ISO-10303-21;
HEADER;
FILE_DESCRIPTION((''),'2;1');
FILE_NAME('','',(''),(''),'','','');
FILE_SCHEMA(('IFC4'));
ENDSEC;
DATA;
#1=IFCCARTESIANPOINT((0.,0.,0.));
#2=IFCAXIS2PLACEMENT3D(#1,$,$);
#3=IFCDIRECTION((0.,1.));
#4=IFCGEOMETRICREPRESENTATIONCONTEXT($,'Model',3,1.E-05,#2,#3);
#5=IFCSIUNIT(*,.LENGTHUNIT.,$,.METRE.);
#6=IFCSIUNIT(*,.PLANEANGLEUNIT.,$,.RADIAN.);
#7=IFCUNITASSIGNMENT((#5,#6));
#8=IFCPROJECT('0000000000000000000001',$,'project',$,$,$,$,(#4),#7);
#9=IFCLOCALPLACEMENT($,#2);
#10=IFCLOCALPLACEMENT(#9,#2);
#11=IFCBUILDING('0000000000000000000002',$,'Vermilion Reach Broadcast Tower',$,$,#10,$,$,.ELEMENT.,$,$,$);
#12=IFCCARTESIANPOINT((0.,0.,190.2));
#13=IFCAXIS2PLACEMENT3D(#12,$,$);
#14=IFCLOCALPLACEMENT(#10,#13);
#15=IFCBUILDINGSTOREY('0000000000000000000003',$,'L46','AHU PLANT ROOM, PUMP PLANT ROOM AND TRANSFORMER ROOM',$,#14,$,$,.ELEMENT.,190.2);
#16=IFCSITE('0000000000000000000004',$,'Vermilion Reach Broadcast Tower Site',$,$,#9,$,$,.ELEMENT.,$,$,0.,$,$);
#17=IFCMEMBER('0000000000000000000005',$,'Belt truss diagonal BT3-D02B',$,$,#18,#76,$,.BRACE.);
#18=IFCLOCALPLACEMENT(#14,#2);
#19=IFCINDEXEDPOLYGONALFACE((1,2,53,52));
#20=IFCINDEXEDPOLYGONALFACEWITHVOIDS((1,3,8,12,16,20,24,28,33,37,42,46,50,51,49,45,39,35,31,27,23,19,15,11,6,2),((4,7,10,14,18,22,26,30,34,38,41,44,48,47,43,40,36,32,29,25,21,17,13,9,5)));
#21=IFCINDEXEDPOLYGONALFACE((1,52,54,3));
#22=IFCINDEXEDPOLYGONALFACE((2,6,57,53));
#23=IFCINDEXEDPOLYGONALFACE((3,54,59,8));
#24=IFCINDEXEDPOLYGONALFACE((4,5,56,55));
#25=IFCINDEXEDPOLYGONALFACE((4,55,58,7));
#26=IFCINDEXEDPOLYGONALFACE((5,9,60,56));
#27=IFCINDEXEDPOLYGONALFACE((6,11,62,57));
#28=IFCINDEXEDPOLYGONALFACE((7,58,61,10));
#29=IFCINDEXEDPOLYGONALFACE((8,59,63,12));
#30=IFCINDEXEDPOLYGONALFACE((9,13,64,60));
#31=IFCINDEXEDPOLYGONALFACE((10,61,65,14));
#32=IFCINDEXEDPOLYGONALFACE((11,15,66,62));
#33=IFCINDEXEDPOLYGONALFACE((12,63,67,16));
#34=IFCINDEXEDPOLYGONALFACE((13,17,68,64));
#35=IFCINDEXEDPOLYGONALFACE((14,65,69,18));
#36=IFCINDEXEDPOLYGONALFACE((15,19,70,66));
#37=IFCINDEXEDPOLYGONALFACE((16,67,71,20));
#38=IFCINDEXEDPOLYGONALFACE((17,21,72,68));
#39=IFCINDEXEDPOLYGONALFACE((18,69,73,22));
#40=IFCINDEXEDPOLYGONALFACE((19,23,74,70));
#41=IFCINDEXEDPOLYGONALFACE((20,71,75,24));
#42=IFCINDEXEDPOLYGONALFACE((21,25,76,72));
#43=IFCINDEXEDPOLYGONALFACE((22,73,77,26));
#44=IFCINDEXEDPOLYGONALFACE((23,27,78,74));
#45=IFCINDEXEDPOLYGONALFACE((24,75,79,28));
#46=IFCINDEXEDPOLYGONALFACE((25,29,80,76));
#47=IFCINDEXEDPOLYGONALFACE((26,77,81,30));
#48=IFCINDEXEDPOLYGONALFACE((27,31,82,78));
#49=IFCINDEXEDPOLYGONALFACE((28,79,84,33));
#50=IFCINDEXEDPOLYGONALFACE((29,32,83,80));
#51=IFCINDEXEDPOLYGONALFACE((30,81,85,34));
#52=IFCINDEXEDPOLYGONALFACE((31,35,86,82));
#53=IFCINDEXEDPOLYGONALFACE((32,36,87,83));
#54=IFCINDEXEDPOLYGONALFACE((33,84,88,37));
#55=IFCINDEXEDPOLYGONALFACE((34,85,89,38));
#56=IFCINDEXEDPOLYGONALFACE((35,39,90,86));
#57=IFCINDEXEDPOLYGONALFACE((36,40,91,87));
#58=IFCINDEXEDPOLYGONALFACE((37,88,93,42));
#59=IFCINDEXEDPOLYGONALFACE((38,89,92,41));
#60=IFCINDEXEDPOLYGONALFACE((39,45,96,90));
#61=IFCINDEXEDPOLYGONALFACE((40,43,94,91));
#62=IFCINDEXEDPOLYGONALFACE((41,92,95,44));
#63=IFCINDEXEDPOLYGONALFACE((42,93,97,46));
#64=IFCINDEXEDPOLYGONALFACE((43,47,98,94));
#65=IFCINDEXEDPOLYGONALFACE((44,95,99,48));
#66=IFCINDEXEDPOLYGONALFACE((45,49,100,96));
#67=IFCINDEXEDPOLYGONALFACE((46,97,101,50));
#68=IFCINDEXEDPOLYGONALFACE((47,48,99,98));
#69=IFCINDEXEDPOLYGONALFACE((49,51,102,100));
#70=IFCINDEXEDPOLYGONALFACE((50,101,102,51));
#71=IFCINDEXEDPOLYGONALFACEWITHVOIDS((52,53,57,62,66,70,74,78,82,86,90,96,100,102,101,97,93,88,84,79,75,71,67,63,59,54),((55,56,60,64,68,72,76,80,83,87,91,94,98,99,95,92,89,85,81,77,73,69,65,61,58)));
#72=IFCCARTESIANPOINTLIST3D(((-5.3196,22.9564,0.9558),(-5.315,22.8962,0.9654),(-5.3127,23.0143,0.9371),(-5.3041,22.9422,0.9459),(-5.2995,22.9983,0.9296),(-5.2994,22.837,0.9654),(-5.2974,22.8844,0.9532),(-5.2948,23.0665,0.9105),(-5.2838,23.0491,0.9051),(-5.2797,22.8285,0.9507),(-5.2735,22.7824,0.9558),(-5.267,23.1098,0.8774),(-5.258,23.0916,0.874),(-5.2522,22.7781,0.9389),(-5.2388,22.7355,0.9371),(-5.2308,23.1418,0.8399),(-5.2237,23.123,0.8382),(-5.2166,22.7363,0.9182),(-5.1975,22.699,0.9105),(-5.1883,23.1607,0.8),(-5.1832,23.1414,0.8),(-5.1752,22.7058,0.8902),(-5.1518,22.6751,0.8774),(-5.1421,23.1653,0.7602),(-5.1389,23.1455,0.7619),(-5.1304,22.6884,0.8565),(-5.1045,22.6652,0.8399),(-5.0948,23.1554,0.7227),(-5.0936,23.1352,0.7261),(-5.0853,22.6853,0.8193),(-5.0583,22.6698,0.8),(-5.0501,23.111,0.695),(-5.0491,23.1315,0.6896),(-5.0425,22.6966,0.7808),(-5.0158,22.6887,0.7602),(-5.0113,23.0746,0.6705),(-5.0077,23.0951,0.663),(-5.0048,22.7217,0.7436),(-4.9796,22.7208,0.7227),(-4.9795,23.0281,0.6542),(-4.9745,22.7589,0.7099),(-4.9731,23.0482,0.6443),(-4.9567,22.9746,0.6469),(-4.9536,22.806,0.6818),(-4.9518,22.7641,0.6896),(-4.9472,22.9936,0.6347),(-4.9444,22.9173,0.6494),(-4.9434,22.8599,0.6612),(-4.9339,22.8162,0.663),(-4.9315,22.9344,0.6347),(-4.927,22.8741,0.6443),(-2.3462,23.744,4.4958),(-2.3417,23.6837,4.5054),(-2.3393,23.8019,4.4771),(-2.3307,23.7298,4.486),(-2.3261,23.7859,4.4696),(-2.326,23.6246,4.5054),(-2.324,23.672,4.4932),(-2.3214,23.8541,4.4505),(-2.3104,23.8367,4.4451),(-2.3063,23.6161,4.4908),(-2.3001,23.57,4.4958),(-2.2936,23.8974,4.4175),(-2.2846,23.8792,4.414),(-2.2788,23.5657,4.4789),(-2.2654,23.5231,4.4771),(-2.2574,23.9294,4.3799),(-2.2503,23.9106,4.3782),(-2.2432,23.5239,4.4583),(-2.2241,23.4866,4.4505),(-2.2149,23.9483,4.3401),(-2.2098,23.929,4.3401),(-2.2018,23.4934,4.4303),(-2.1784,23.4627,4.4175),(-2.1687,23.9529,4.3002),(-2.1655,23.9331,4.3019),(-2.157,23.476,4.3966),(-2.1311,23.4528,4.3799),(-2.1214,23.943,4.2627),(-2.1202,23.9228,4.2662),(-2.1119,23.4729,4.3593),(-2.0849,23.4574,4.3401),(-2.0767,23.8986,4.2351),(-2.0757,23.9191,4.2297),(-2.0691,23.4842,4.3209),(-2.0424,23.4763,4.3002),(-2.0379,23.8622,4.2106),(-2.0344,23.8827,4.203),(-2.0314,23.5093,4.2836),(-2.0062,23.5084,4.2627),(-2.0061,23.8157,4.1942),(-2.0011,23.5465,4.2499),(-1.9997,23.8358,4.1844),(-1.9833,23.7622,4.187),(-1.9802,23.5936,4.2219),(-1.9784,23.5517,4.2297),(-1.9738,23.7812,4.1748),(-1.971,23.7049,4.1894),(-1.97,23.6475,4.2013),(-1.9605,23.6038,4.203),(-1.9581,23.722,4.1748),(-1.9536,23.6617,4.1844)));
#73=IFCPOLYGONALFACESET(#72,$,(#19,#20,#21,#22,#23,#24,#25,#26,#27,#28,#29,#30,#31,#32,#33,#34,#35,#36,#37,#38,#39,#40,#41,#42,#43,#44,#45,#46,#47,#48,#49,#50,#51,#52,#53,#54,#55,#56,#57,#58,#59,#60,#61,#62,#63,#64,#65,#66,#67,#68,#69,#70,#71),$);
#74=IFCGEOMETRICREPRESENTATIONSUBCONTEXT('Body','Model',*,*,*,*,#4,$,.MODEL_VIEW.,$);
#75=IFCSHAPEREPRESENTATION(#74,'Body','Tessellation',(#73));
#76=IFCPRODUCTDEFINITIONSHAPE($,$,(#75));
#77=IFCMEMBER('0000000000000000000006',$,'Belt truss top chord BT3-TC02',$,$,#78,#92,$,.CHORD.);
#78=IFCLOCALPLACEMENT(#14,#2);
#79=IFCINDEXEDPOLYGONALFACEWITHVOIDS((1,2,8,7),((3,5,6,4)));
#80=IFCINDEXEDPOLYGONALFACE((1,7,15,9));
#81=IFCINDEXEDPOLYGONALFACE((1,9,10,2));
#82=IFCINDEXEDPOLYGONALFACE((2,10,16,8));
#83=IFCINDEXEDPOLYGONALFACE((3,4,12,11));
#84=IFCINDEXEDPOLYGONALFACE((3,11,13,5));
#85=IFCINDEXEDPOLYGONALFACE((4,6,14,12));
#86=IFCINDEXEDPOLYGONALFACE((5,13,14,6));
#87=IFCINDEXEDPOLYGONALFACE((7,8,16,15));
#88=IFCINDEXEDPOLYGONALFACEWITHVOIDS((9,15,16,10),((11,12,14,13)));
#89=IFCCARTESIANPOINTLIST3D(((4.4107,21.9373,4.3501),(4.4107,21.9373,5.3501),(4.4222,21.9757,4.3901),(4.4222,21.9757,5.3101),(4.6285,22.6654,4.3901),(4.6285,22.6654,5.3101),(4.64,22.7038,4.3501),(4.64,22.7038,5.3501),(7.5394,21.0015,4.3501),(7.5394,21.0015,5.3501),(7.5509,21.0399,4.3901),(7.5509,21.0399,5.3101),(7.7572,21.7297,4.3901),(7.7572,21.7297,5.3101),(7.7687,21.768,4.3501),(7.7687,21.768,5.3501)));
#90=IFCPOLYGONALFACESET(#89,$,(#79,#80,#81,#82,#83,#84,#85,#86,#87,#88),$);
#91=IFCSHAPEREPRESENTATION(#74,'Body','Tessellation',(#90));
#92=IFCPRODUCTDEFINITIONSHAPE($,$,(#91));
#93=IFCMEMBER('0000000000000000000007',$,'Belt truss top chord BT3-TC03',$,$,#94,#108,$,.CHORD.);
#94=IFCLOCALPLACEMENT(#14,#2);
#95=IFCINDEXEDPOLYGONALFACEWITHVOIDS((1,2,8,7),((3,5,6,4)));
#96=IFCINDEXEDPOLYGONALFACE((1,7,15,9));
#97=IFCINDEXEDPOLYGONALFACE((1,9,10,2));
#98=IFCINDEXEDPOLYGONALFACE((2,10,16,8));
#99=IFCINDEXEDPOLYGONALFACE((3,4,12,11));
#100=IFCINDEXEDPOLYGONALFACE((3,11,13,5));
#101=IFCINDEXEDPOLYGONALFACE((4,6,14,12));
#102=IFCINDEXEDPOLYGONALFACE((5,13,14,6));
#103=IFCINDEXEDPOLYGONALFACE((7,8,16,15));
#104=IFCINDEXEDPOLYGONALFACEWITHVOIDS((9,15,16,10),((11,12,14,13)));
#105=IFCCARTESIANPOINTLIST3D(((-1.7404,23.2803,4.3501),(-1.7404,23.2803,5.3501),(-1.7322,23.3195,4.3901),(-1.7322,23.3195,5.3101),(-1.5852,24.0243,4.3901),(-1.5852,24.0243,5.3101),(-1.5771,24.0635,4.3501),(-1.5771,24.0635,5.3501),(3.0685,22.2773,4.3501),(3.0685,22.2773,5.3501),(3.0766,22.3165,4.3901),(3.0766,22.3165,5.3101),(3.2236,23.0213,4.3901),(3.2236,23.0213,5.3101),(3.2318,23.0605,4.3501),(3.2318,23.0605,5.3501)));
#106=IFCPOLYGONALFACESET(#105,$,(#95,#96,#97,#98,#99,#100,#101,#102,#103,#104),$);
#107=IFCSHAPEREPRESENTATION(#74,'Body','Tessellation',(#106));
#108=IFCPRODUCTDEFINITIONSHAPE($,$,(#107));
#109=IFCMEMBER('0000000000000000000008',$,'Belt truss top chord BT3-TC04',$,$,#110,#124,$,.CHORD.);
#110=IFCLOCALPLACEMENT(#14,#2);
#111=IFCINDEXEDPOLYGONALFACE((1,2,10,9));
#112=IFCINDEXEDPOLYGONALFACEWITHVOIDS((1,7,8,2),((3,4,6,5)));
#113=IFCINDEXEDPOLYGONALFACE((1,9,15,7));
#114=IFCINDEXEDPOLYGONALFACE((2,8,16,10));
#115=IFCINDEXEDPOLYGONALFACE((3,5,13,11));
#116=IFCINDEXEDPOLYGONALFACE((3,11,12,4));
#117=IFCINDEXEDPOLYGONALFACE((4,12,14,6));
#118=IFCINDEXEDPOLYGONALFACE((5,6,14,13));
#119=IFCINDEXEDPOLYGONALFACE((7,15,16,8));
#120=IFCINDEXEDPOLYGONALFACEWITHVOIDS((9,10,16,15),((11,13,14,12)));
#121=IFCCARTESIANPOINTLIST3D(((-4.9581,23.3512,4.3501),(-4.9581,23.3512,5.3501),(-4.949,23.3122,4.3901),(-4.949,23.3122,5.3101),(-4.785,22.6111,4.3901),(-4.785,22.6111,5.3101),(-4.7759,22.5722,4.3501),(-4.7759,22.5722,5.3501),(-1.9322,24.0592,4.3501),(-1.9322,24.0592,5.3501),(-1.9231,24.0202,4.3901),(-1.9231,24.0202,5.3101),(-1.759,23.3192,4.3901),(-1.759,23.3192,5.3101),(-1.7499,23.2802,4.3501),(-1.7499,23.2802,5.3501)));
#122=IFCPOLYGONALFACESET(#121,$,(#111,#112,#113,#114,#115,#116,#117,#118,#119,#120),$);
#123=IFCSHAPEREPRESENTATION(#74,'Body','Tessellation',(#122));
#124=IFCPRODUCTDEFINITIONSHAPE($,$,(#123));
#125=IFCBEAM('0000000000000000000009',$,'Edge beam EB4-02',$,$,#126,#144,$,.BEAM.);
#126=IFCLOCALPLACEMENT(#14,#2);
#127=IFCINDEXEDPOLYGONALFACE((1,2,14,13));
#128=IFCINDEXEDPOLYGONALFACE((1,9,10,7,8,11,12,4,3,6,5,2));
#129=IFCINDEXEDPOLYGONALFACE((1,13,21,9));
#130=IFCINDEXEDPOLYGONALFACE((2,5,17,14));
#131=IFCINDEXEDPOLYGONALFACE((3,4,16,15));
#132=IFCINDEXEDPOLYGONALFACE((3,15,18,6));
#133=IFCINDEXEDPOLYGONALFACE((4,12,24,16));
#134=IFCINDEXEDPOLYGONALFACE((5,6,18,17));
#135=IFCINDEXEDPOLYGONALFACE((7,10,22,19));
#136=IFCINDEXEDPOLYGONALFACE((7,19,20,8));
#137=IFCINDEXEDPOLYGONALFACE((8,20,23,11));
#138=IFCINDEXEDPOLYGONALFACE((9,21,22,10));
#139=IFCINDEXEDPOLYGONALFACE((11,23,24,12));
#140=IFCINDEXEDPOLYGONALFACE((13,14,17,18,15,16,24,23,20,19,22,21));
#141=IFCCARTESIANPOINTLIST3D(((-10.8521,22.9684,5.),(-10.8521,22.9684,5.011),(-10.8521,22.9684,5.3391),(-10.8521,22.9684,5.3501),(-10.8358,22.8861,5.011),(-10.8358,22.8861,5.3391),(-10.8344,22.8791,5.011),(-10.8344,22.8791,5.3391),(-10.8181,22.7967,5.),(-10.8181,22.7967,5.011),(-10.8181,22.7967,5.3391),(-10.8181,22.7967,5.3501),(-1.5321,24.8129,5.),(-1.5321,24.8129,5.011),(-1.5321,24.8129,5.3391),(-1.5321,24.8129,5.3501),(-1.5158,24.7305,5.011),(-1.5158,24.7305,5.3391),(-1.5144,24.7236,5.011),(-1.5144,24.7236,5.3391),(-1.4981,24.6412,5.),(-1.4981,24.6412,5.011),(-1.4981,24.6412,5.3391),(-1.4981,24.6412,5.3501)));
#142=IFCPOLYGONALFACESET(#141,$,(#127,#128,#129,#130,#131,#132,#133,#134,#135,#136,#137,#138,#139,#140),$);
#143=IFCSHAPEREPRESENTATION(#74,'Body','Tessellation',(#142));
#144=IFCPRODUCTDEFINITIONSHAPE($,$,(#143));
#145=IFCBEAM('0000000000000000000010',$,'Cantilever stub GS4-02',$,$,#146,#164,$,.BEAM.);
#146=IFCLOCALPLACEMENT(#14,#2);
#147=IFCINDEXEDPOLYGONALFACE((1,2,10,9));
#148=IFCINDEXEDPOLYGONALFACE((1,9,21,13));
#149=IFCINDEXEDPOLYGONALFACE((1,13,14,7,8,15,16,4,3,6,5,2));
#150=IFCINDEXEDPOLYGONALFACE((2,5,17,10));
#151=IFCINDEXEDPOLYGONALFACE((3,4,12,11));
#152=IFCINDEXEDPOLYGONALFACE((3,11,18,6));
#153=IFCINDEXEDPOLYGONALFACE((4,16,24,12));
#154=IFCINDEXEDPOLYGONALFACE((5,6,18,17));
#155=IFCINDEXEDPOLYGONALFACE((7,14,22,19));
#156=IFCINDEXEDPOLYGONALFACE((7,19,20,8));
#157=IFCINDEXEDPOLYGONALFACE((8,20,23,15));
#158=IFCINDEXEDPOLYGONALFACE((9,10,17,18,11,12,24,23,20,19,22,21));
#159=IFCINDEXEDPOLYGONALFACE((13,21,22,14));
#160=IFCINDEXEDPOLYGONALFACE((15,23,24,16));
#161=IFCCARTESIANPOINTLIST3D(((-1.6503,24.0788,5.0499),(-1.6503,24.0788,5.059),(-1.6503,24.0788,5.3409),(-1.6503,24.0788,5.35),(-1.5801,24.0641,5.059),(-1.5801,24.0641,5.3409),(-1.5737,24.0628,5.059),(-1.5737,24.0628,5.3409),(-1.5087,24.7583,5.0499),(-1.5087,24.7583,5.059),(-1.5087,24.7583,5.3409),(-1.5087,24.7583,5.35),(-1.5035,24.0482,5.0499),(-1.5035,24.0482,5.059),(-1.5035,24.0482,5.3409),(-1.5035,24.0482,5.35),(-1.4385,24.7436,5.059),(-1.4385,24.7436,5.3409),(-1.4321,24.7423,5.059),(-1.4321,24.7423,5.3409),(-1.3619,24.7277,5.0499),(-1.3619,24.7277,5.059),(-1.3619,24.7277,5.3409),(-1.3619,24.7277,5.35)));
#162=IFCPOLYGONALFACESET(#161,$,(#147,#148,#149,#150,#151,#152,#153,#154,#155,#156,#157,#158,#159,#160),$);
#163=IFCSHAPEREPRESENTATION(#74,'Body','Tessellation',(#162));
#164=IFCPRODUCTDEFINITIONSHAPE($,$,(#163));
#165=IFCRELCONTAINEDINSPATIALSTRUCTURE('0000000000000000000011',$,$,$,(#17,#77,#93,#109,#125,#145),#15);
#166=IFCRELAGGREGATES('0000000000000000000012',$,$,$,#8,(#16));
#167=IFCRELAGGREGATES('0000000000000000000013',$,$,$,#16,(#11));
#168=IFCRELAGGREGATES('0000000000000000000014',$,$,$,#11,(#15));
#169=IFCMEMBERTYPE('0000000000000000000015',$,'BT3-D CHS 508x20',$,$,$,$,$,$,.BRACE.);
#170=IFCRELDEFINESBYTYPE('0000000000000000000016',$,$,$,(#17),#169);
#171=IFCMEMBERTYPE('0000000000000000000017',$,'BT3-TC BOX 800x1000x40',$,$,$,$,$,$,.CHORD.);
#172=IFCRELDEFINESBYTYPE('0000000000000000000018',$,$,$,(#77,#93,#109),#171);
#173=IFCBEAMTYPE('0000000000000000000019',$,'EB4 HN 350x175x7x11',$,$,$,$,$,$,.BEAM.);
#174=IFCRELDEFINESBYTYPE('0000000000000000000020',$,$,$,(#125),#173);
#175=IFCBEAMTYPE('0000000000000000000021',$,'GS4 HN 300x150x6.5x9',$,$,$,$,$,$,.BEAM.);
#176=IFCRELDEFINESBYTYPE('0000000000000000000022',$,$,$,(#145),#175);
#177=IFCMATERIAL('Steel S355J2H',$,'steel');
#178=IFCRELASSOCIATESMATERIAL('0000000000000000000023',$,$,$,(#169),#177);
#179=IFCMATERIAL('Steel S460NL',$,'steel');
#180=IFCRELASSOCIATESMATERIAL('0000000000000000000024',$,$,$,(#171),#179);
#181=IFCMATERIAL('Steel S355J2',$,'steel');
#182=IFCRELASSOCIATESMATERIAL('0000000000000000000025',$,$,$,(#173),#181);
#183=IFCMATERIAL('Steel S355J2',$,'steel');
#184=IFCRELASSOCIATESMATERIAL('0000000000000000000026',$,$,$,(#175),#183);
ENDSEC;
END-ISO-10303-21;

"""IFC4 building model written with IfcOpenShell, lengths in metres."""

from ifc_helpers import new_model, si_unit, direction, frame, origin, origin_2d, place, context, subcontext, project, spatial, hollow_rectangle, hollow_circle, i_section, extrude, material, material_profile, profile_set, type_object, element, save


model = new_model("IFC4")

# Units and contexts
model_context = context("Model", 3, precision=1e-05, world=origin(), true_north=direction((0.0, 1.0)))
body_context = subcontext(model_context, "Body", "Model", "MODEL_VIEW")
ifc_project = project(units=[si_unit("LENGTHUNIT", "METRE"), si_unit("PLANEANGLEUNIT", "RADIAN")], contexts=[model_context])

# Site, building, storey
site_placement = place(None, origin())
site = spatial("IfcSite", under=ifc_project, at=site_placement, Name="Vermilion Reach Broadcast Tower Site", CompositionType="ELEMENT", RefElevation=0.0)
building_placement = place(site_placement, origin())
building = spatial("IfcBuilding", under=site, at=building_placement, Name="Vermilion Reach Broadcast Tower", CompositionType="ELEMENT")
storey_placement = place(building_placement, frame((0.0, 0.0, 190.2)))
storey = spatial("IfcBuildingStorey", under=building, at=storey_placement, Name="L46", Description="AHU PLANT ROOM, PUMP PLANT ROOM AND TRANSFORMER ROOM", CompositionType="ELEMENT", Elevation=190.2)

# Members
ifc_material_1 = material(Name="Steel S355J2H", Category="steel")
ifc_material_profile_1 = material_profile(ifc_material_1, hollow_circle(Radius=0.2539, WallThickness=0.02, at=origin_2d()), Name="S355J2H CHS 508x20")
ifc_profile_set_1 = profile_set([ifc_material_profile_1], Name="Steel S355J2H")
member_type_1 = type_object("IfcMemberType", Name="BT3-D CHS 508x20", PredefinedType="BRACE", material=ifc_profile_set_1)
member_1_placement = place(storey_placement, frame((-5.1233, 22.9153, 0.8), z_axis=(0.634026, 0.167942, 0.754855), x_axis=(-0.256052, 0.966663, 0.0)))
element("IfcMember", 1, at=member_1_placement, inside=storey, type_object=member_type_1, Name="Belt truss diagonal BT3-D02B", PredefinedType="BRACE", context=body_context, shape_type="SweptSolid", body=[
    extrude(hollow_circle(Radius=0.2539, WallThickness=0.02, at=origin_2d()), origin(), (0.0, 0.0, 1.0), 4.6897),
])
ifc_material_2 = material(Name="Steel S460NL", Category="steel")
ifc_material_profile_2 = material_profile(ifc_material_2, hollow_rectangle(XDim=0.8, YDim=1.0, WallThickness=0.04, at=origin_2d()), Name="S460NL BOX 800x1000x40")
ifc_profile_set_2 = profile_set([ifc_material_profile_2], Name="Steel S460NL")
member_type_2 = type_object("IfcMemberType", Name="BT3-TC BOX 800x1000x40", PredefinedType="CHORD", material=ifc_profile_set_2)
member_2_placement = place(storey_placement, frame((7.6541, 21.3848, 4.8501), z_axis=(-0.958063, 0.286559, 0.0), x_axis=(-0.286559, -0.958063, 0.0)))
element("IfcMember", 2, at=member_2_placement, inside=storey, type_object=member_type_2, Name="Belt truss top chord BT3-TC02", PredefinedType="CHORD", context=body_context, shape_type="SweptSolid", body=[
    extrude(hollow_rectangle(XDim=0.8, YDim=1.0, WallThickness=0.04, at=origin_2d()), origin(), (0.0, 0.0, 1.0), 3.2656),
])
member_3_placement = place(storey_placement, frame((3.1501, 22.6689, 4.8501), z_axis=(-0.978936, 0.204167, 0.0), x_axis=(-0.204167, -0.978936, 0.0)))
element("IfcMember", 3, at=member_3_placement, inside=storey, type_object=member_type_2, Name="Belt truss top chord BT3-TC03", PredefinedType="CHORD", context=body_context, shape_type="SweptSolid", body=[
    extrude(hollow_rectangle(XDim=0.8, YDim=1.0, WallThickness=0.04, at=origin_2d()), origin(), (0.0, 0.0, 1.0), 4.9124),
])
member_4_placement = place(storey_placement, frame((-1.8411, 23.6697, 4.8501), z_axis=(-0.973701, -0.227831, 0.0), x_axis=(0.227831, -0.973701, 0.0)))
element("IfcMember", 4, at=member_4_placement, inside=storey, type_object=member_type_2, Name="Belt truss top chord BT3-TC04", PredefinedType="CHORD", context=body_context, shape_type="SweptSolid", body=[
    extrude(hollow_rectangle(XDim=0.8, YDim=1.0, WallThickness=0.04, at=origin_2d()), origin(), (0.0, 0.0, 1.0), 3.1077),
])

# Beams
ifc_material_3 = material(Name="Steel S355J2", Category="steel")
ifc_material_profile_3 = material_profile(ifc_material_3, i_section(OverallWidth=0.175, OverallDepth=0.3501, WebThickness=0.0071, FlangeThickness=0.011, at=origin_2d()), Name="S355J2 HN 350x175x7x11")
ifc_profile_set_3 = profile_set([ifc_material_profile_3], Name="Steel S355J2")
beam_type_1 = type_object("IfcBeamType", Name="EB4 HN 350x175x7x11", PredefinedType="BEAM", material=ifc_profile_set_3)
beam_1_placement = place(storey_placement, frame((-1.5151, 24.7271, 5.175), z_axis=(-0.980974, -0.194139, 0.0), x_axis=(0.194139, -0.980974, 0.0)))
element("IfcBeam", 5, at=beam_1_placement, inside=storey, type_object=beam_type_1, Name="Edge beam EB4-02", PredefinedType="BEAM", context=body_context, shape_type="SweptSolid", body=[
    extrude(i_section(OverallWidth=0.175, OverallDepth=0.3501, WebThickness=0.0071, FlangeThickness=0.011, at=origin_2d()), origin(), (0.0, 0.0, 1.0), 9.5007),
])
ifc_material_4 = material(Name="Steel S355J2", Category="steel")
ifc_material_profile_4 = material_profile(ifc_material_4, i_section(OverallWidth=0.1499, OverallDepth=0.3, WebThickness=0.0066, FlangeThickness=0.009, at=origin_2d()), Name="S355J2 HN 300x150x6.5x9")
ifc_profile_set_4 = profile_set([ifc_material_profile_4], Name="Steel S355J2")
beam_type_2 = type_object("IfcBeamType", Name="GS4 HN 300x150x6.5x9", PredefinedType="BEAM", material=ifc_profile_set_4)
beam_2_placement = place(storey_placement, frame((-1.5769, 24.0635, 5.2), z_axis=(0.204024, 0.978966, 0.0), x_axis=(-0.978966, 0.204024, 0.0)))
element("IfcBeam", 6, at=beam_2_placement, inside=storey, type_object=beam_type_2, Name="Cantilever stub GS4-02", PredefinedType="BEAM", context=body_context, shape_type="SweptSolid", body=[
    extrude(i_section(OverallWidth=0.1499, OverallDepth=0.3, WebThickness=0.0066, FlangeThickness=0.009, at=origin_2d()), origin(), (0.0, 0.0, 1.0), 0.6941),
])

save(model, "model.ifc")
